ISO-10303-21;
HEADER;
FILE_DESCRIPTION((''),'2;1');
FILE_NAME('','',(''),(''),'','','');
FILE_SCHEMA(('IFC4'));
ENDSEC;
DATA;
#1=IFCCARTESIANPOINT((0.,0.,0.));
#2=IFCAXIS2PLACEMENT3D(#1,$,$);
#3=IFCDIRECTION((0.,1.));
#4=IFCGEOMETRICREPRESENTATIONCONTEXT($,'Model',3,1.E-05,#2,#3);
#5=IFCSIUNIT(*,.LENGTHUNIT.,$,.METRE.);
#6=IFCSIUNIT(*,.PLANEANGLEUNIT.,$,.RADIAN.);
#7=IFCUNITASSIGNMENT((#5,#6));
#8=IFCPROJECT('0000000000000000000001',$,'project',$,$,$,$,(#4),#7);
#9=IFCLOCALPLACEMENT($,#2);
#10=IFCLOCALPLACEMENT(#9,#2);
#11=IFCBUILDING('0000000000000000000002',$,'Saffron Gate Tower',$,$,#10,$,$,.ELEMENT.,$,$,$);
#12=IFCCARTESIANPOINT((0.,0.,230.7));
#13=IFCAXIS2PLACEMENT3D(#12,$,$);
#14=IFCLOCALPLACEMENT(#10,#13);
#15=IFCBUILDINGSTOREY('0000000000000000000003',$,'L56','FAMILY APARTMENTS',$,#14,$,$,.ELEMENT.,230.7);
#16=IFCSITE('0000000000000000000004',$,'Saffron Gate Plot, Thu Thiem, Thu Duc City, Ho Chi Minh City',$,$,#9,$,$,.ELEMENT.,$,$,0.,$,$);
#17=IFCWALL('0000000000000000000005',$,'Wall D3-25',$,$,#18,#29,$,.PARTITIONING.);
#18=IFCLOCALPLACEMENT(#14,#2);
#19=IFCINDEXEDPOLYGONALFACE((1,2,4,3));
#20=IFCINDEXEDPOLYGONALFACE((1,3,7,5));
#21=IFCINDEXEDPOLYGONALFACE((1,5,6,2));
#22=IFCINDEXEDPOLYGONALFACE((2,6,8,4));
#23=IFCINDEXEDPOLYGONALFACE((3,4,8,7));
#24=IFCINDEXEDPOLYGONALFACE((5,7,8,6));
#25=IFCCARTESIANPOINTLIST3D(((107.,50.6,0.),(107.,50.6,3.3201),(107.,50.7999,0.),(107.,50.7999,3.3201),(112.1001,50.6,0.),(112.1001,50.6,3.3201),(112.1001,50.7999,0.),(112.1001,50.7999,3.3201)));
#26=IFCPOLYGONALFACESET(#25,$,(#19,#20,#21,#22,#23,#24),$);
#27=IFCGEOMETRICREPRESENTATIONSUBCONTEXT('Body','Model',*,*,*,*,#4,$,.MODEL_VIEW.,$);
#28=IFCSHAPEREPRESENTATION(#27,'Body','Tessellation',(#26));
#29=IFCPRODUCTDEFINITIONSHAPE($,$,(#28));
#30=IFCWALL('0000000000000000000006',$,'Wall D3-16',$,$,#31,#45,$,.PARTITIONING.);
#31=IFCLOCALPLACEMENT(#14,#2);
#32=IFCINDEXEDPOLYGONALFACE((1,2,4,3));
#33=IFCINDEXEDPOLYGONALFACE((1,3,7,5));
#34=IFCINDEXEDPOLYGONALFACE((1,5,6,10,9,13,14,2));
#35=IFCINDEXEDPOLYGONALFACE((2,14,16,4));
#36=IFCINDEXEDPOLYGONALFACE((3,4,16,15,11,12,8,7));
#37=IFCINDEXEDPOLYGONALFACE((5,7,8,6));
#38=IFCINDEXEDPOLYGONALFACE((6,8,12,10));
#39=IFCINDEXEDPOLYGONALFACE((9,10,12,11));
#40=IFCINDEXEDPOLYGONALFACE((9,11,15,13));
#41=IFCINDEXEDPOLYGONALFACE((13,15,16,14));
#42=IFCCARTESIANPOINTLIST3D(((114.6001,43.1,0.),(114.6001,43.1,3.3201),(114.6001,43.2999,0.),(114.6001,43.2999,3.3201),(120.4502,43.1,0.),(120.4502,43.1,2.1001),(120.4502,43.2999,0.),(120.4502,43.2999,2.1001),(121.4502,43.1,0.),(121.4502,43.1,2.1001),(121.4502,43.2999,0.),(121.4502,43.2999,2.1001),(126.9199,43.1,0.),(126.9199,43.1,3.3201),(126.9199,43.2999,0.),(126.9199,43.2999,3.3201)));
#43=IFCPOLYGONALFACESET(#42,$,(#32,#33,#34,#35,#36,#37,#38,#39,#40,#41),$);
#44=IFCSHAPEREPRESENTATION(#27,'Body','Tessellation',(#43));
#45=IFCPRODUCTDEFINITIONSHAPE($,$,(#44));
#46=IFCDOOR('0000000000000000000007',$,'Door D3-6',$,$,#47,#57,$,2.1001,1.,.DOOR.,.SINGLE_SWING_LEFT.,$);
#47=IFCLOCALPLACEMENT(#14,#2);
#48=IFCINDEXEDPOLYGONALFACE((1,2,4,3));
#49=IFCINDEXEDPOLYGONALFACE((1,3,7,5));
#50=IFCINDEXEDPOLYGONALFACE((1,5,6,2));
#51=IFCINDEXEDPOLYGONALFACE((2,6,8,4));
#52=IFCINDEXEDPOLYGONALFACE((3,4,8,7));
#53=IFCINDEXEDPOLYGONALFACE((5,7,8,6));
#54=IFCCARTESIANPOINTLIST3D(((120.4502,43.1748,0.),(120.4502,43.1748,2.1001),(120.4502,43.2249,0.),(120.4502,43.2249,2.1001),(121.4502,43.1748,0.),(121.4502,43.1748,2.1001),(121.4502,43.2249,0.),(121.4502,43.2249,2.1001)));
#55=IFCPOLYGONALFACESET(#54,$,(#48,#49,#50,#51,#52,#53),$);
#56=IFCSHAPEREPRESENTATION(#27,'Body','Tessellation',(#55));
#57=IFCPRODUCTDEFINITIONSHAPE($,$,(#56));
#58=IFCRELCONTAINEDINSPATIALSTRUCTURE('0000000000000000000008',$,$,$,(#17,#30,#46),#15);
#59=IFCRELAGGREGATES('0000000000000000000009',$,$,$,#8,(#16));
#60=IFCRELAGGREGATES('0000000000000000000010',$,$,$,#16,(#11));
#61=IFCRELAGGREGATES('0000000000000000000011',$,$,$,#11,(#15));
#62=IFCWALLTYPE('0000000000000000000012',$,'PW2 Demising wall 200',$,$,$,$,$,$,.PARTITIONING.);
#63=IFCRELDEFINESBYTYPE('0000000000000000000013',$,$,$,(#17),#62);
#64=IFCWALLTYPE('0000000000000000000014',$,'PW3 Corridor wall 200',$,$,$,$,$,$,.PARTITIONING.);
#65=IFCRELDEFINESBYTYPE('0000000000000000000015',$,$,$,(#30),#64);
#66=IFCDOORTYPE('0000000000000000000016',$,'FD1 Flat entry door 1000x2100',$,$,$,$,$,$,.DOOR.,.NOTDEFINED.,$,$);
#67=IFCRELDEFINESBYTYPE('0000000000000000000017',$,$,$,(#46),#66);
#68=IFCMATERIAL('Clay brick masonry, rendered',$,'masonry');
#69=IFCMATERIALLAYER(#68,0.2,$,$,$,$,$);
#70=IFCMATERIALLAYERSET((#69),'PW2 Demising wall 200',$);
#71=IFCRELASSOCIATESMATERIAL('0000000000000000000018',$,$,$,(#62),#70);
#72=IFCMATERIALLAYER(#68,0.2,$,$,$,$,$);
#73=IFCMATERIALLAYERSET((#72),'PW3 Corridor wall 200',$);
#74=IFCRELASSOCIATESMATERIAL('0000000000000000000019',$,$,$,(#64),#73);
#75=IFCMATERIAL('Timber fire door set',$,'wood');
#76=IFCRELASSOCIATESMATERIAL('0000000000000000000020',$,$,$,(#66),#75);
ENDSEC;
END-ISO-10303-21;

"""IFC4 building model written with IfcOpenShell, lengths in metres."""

from ifc_helpers import new_model, si_unit, direction, frame, frame_2d, origin, place, context, subcontext, project, spatial, rectangle, extrude, material, layer, layer_set, type_object, element, fill, save


model = new_model("IFC4")

# Units and contexts
model_context = context("Model", 3, precision=1e-05, world=origin(), true_north=direction((0.0, 1.0)))
body_context = subcontext(model_context, "Body", "Model", "MODEL_VIEW")
ifc_project = project(units=[si_unit("LENGTHUNIT", "METRE"), si_unit("PLANEANGLEUNIT", "RADIAN")], contexts=[model_context])

# Site, building, storey
site_placement = place(None, origin())
site = spatial("IfcSite", under=ifc_project, at=site_placement, Name="Saffron Gate Plot, Thu Thiem, Thu Duc City, Ho Chi Minh City", CompositionType="ELEMENT", RefElevation=0.0)
building_placement = place(site_placement, origin())
building = spatial("IfcBuilding", under=site, at=building_placement, Name="Saffron Gate Tower", CompositionType="ELEMENT")
storey_placement = place(building_placement, frame((0.0, 0.0, 230.7)))
storey = spatial("IfcBuildingStorey", under=building, at=storey_placement, Name="L56", Description="FAMILY APARTMENTS", CompositionType="ELEMENT", Elevation=230.7)

# Wall
ifc_material_1 = material(Name="Clay brick masonry, rendered", Category="masonry")
ifc_layer_1 = layer(ifc_material_1, 0.2)
ifc_layer_set_1 = layer_set([ifc_layer_1], Name="PW2 Demising wall 200")
wall_type_1 = type_object("IfcWallType", Name="PW2 Demising wall 200", PredefinedType="PARTITIONING", material=ifc_layer_set_1)
wall_1_placement = place(storey_placement, frame((107.0, 50.7, 0.0), z_axis=(0.0, 0.0, 1.0), x_axis=(1.0, 0.0, 0.0)))
element("IfcWall", 1, at=wall_1_placement, inside=storey, type_object=wall_type_1, Name="Wall D3-25", PredefinedType="PARTITIONING", context=body_context, shape_type="SweptSolid", body=[
    extrude(rectangle(XDim=5.1001, YDim=0.2, at=frame_2d((2.55, 0.0))), origin(), (0.0, 0.0, 1.0), 3.3201),
])

# Wall, opening, door
ifc_layer_2 = layer(ifc_material_1, 0.2)
ifc_layer_set_2 = layer_set([ifc_layer_2], Name="PW3 Corridor wall 200")
wall_type_2 = type_object("IfcWallType", Name="PW3 Corridor wall 200", PredefinedType="PARTITIONING", material=ifc_layer_set_2)
wall_2_placement = place(storey_placement, frame((114.6001, 43.2, 0.0), z_axis=(0.0, 0.0, 1.0), x_axis=(1.0, 0.0, 0.0)))
wall_2 = element("IfcWall", 2, at=wall_2_placement, inside=storey, type_object=wall_type_2, Name="Wall D3-16", PredefinedType="PARTITIONING", context=body_context, shape_type="SweptSolid", body=[
    extrude(rectangle(XDim=12.3198, YDim=0.2, at=frame_2d((6.1599, 0.0))), origin(), (0.0, 0.0, 1.0), 3.3201),
])
opening_1_placement = place(wall_2_placement, frame((5.8501, 0.0, 0.0)))
opening_1 = element("IfcOpeningElement", 3, at=opening_1_placement, cuts=wall_2, PredefinedType="OPENING", context=body_context, shape_type="SweptSolid", body=[
    extrude(rectangle(XDim=1.0, YDim=2.1001, at=frame_2d((0.5, 1.05))), frame((0.0, 0.1099, 0.0), z_axis=(0.0, -1.0, 0.0), x_axis=(1.0, 0.0, 0.0)), (0.0, 0.0, 1.0), 0.22),
])
ifc_material_2 = material(Name="Timber fire door set", Category="wood")
door_type_1 = type_object("IfcDoorType", Name="FD1 Flat entry door 1000x2100", OperationType="NOTDEFINED", PredefinedType="DOOR", material=ifc_material_2)
door_1_placement = place(opening_1_placement, origin())
door_1 = element("IfcDoor", 4, at=door_1_placement, inside=storey, type_object=door_type_1, Name="Door D3-6", OperationType="SINGLE_SWING_LEFT", OverallHeight=2.1001, OverallWidth=1.0, PredefinedType="DOOR", context=body_context, shape_type="SweptSolid", body=[
    extrude(rectangle(XDim=1.0, YDim=2.1001, at=frame_2d((0.5, 1.05))), frame((0.0, 0.0249, 0.0), z_axis=(0.0, -1.0, 0.0), x_axis=(1.0, 0.0, 0.0)), (0.0, 0.0, 1.0), 0.05),
])
fill(opening_1, door_1)

save(model, "model.ifc")
